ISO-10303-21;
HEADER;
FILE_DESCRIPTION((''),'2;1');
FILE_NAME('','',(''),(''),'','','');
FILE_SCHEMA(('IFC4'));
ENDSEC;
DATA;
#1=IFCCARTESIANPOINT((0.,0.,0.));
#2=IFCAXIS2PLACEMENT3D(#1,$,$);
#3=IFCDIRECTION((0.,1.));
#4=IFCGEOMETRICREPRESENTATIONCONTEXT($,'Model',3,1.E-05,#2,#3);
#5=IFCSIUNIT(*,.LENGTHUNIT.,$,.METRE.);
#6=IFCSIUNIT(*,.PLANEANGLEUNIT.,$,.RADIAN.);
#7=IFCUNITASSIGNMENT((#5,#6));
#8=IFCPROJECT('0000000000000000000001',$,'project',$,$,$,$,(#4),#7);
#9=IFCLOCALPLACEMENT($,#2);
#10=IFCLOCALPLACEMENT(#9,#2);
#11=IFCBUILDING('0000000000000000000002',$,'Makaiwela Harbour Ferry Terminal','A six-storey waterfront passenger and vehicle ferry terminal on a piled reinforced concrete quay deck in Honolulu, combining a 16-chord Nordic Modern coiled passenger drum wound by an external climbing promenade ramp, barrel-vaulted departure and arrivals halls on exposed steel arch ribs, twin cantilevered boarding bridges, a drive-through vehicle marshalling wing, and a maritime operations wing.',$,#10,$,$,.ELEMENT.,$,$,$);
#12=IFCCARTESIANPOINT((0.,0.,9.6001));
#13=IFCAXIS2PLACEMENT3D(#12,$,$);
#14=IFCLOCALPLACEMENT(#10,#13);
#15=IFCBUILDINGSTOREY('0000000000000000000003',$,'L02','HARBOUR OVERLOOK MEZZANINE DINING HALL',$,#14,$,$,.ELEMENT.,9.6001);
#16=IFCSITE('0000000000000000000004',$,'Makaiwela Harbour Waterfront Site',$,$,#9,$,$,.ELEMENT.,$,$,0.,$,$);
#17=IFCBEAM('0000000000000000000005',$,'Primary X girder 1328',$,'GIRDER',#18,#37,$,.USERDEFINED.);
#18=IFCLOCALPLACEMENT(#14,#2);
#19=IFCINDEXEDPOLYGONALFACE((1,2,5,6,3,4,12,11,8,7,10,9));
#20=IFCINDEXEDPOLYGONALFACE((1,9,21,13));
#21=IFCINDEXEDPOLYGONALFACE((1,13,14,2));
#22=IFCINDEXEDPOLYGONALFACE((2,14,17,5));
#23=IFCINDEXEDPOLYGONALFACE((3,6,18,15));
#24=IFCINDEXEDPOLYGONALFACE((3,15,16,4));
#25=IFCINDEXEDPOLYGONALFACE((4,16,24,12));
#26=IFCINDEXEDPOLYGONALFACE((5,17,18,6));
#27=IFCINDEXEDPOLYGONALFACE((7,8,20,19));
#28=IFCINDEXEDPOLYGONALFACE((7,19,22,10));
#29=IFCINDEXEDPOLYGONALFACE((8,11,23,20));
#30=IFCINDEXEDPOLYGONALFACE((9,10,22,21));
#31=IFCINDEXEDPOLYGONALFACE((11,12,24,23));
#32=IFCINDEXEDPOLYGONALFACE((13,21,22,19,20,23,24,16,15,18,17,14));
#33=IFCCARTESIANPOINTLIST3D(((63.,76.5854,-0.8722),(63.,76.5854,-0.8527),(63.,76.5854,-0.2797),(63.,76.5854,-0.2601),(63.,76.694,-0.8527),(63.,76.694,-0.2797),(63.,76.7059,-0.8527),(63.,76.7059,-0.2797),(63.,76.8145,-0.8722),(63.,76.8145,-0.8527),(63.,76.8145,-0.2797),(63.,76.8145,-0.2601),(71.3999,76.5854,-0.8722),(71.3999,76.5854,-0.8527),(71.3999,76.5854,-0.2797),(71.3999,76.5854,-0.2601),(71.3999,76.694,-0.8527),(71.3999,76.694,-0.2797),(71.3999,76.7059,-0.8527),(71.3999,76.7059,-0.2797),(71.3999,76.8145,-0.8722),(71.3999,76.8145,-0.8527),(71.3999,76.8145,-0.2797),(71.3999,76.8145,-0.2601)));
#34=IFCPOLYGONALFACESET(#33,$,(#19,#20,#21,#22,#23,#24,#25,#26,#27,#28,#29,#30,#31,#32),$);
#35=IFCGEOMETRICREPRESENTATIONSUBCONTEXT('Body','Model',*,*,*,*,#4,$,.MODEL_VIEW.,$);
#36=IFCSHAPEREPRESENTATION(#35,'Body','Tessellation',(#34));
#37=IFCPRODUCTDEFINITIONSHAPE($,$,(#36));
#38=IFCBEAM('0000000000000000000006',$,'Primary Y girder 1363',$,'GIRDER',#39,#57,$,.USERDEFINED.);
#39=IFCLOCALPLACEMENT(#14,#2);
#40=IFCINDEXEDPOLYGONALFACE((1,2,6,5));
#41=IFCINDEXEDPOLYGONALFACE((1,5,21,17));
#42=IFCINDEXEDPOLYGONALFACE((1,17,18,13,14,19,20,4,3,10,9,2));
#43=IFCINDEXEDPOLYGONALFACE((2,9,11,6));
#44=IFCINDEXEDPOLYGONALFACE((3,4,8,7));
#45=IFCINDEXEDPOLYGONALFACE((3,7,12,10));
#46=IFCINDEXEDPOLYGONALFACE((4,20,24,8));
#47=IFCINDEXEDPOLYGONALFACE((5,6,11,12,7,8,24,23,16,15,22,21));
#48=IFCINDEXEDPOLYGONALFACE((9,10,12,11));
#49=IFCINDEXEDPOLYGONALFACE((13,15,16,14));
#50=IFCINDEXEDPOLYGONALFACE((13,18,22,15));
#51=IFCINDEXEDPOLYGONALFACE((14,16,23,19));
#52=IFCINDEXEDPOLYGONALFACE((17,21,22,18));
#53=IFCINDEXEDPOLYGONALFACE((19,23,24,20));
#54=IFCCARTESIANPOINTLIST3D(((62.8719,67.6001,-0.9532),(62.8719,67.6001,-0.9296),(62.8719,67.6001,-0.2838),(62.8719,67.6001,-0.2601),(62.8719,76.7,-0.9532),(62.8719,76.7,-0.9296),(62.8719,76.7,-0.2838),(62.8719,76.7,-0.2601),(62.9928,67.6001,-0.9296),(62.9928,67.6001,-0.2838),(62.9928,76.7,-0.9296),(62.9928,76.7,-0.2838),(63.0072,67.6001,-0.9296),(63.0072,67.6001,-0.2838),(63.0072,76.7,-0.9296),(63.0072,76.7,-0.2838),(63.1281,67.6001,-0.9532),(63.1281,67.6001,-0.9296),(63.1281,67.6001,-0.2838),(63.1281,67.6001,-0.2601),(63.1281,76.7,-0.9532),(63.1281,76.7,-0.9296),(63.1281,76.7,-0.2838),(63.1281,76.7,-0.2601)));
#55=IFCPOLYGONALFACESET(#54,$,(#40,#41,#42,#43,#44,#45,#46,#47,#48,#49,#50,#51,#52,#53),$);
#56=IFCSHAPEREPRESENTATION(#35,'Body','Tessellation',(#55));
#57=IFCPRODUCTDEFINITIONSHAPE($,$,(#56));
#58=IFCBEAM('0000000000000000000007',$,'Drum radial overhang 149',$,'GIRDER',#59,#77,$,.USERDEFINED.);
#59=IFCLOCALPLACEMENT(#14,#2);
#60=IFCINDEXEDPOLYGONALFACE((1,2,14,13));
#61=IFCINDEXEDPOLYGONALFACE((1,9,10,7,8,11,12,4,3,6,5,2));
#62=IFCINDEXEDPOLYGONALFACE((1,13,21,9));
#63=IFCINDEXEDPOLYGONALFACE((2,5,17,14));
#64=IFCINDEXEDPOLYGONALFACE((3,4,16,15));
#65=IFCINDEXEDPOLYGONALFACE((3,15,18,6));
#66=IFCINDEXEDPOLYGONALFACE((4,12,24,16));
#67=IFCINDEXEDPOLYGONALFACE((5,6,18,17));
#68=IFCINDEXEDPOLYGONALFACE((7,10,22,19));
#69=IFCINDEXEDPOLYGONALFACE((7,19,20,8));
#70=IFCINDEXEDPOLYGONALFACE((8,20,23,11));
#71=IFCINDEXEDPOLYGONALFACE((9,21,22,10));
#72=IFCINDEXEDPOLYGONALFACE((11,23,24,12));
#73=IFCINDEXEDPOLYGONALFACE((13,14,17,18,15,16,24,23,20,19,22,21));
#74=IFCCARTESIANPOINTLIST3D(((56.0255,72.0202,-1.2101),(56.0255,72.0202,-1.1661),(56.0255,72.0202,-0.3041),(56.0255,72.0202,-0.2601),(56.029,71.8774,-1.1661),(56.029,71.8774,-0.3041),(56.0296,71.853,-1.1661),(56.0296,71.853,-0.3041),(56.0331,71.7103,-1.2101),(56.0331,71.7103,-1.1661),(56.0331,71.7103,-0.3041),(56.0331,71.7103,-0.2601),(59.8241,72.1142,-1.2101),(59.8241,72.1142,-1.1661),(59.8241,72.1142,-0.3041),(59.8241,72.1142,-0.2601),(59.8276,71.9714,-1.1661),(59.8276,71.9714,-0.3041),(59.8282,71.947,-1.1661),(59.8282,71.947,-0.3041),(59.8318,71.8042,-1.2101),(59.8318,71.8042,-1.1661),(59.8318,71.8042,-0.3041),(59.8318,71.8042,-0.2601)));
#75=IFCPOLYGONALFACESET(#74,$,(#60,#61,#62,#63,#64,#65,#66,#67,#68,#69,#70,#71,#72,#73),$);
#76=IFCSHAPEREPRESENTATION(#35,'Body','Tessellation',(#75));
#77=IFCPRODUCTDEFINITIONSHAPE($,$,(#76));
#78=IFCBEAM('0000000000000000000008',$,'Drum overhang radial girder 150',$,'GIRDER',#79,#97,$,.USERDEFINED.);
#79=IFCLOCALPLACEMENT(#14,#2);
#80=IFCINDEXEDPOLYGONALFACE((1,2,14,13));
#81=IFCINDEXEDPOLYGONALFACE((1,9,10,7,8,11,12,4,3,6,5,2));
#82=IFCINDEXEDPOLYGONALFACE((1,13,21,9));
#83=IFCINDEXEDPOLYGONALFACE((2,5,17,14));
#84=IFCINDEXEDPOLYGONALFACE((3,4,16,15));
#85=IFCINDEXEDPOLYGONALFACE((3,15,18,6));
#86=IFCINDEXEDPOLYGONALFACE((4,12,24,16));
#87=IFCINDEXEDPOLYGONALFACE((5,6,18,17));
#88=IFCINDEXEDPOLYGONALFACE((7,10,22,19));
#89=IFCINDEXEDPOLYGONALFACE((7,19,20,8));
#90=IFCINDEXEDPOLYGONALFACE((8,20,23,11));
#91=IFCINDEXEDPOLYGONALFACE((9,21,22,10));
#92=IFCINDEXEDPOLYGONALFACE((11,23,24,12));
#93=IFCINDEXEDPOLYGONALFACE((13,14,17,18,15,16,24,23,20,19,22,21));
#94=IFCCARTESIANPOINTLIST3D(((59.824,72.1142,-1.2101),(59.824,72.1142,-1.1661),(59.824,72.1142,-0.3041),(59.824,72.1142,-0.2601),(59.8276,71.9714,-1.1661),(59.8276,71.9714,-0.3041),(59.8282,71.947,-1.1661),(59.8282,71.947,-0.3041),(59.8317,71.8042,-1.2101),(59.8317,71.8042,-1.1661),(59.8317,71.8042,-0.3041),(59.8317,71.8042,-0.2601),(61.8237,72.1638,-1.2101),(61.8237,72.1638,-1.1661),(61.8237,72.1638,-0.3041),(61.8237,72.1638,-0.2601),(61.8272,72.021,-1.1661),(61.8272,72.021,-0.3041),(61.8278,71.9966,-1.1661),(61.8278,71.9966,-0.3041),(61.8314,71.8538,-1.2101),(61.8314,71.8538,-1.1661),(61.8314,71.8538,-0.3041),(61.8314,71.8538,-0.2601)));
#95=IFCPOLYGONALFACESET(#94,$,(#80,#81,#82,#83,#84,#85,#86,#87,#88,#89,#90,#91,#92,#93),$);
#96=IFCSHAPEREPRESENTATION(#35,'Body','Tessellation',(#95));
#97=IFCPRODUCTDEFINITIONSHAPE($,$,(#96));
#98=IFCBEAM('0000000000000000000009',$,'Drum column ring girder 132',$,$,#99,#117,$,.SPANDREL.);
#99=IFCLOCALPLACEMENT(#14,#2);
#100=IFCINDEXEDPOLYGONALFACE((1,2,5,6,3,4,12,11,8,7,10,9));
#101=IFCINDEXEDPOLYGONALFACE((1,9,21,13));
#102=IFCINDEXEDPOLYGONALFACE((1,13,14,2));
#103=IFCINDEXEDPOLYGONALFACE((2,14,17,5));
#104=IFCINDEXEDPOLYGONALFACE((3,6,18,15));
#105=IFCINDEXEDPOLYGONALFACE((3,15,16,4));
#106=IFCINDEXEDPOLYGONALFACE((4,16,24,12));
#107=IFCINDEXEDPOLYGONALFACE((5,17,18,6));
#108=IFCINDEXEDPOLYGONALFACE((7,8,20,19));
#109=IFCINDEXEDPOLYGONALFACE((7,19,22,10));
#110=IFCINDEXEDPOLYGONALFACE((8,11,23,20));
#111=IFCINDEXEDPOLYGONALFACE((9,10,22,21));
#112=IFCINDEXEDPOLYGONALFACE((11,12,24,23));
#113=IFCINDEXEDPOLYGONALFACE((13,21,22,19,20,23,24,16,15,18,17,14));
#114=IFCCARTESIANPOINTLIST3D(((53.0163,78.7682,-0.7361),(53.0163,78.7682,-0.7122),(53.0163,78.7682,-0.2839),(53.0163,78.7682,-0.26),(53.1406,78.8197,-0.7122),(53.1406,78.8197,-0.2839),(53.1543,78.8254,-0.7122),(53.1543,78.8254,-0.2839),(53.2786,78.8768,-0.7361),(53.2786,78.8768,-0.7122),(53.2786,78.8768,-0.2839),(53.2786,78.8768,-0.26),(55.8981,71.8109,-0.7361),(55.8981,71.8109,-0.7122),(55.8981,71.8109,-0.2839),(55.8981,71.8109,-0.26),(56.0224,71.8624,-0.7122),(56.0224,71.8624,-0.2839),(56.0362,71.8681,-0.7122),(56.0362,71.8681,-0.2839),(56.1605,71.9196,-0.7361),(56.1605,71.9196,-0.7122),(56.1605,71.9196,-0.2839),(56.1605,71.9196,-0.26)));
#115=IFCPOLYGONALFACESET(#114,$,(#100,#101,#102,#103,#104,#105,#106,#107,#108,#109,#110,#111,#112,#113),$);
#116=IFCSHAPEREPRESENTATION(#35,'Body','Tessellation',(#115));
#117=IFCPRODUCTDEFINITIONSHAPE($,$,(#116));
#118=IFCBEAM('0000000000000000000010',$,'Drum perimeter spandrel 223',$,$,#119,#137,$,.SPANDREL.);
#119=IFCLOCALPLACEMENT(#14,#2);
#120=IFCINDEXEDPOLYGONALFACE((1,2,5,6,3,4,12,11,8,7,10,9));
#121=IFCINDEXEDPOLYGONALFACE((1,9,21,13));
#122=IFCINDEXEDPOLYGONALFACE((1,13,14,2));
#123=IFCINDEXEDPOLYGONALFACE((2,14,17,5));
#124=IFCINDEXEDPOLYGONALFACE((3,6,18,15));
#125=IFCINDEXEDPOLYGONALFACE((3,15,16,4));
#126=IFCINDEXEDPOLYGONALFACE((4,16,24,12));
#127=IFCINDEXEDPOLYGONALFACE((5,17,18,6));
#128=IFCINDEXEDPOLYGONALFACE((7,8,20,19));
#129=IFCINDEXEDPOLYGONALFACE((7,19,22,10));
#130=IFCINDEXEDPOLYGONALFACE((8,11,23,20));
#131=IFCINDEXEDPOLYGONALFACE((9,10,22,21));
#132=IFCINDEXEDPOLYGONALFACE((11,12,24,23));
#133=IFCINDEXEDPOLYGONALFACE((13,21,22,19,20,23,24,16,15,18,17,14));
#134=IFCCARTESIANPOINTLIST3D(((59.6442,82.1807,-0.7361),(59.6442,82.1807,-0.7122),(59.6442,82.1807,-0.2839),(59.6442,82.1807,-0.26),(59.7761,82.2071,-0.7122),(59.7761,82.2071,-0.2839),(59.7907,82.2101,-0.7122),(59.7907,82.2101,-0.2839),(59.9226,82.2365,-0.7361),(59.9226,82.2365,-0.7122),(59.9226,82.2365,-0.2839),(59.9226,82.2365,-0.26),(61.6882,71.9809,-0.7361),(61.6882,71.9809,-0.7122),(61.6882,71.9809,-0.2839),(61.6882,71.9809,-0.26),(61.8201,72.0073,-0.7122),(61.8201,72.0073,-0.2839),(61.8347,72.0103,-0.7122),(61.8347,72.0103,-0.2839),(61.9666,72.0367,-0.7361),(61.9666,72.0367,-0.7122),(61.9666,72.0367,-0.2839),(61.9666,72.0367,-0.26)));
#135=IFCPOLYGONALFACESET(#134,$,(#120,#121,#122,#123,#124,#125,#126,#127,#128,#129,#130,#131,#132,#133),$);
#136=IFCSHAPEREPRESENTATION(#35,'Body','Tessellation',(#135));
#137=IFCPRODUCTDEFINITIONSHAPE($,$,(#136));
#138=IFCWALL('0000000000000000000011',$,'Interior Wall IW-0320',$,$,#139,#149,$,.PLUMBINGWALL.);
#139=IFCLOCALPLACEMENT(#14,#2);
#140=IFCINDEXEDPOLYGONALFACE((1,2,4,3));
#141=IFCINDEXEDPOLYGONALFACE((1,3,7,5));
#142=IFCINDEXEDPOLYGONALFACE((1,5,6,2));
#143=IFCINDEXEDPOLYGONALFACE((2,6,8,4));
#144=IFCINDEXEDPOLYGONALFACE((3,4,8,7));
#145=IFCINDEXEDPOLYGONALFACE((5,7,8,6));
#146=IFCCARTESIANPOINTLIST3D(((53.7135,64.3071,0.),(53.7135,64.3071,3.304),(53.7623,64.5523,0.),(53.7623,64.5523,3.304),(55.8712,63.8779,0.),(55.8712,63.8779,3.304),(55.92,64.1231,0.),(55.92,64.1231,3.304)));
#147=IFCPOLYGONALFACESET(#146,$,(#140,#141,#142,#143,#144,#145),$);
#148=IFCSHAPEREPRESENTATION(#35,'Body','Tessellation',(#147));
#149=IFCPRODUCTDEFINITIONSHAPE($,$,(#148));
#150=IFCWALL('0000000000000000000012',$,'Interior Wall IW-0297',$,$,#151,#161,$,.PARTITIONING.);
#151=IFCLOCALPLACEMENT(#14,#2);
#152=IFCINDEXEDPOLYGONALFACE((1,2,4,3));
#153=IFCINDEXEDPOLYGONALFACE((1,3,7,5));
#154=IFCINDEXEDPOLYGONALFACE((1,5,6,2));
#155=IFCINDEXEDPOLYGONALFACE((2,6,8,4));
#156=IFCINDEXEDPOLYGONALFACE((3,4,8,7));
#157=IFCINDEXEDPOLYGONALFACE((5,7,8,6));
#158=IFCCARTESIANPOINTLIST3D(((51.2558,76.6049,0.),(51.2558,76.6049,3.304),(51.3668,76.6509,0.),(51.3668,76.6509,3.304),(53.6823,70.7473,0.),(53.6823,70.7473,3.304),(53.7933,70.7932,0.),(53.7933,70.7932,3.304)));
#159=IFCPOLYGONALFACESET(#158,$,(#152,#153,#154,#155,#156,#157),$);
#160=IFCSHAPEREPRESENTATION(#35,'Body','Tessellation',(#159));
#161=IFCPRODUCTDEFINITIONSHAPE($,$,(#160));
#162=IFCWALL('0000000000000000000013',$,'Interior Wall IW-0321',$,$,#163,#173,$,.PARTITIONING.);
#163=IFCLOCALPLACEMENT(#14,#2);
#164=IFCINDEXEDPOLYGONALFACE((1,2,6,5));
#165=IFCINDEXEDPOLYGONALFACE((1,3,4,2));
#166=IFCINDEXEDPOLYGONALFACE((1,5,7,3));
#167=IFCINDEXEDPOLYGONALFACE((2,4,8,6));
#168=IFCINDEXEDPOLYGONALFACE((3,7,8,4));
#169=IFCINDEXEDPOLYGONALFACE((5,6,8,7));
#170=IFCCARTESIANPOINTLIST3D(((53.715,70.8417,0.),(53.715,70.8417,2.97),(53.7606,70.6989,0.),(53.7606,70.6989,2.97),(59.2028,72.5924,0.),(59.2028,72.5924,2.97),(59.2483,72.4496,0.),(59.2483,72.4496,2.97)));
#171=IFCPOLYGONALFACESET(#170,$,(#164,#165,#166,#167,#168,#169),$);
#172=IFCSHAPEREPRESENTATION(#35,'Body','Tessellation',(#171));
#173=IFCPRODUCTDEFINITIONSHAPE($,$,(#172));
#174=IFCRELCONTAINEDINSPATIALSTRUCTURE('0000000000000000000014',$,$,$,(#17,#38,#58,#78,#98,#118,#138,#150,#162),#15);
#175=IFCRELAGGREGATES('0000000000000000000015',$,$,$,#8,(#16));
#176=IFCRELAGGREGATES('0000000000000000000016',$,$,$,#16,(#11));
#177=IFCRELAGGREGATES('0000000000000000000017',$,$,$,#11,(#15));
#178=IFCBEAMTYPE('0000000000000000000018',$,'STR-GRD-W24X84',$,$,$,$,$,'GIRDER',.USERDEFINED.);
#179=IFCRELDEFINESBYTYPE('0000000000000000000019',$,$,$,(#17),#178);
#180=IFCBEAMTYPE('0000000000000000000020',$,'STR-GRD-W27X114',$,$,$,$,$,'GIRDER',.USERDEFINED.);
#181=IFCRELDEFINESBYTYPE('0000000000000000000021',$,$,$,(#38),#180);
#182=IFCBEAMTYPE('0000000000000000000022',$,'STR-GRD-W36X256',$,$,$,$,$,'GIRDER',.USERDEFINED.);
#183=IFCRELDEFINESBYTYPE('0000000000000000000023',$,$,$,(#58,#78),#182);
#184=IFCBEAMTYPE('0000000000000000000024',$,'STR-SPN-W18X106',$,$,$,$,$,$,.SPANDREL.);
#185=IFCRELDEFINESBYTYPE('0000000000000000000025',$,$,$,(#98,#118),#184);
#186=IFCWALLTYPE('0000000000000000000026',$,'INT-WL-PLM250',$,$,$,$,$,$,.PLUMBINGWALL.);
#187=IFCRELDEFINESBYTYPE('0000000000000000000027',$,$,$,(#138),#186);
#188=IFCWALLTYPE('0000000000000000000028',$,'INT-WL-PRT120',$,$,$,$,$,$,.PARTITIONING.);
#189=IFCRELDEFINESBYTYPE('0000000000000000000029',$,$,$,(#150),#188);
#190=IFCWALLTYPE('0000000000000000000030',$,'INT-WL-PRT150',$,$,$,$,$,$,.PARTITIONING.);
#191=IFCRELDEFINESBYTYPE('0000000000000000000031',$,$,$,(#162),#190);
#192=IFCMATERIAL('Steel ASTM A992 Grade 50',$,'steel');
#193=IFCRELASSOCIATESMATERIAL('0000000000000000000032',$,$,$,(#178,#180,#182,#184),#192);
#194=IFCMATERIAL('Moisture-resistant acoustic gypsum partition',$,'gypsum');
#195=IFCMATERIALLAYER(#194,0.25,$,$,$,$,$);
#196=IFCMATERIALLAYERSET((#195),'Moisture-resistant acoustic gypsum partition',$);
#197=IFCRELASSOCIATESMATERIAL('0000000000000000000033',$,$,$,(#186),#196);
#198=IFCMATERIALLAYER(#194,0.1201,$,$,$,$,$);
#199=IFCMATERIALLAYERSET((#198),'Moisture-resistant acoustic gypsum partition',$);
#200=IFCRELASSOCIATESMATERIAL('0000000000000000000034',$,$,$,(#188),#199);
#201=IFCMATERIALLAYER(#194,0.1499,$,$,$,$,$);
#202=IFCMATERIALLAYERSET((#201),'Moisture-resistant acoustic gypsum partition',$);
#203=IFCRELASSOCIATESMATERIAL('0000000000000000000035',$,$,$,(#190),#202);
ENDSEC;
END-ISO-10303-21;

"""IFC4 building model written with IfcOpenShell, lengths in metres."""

from ifc_helpers import new_model, si_unit, direction, frame, frame_2d, origin, origin_2d, place, context, subcontext, project, spatial, rectangle, i_section, extrude, material, layer, layer_set, material_profile, profile_set, type_object, element, save


model = new_model("IFC4")

# Units and contexts
model_context = context("Model", 3, precision=1e-05, world=origin(), true_north=direction((0.0, 1.0)))
body_context = subcontext(model_context, "Body", "Model", "MODEL_VIEW")
ifc_project = project(units=[si_unit("LENGTHUNIT", "METRE"), si_unit("PLANEANGLEUNIT", "RADIAN")], contexts=[model_context])

# Site, building, storey
site_placement = place(None, origin())
site = spatial("IfcSite", under=ifc_project, at=site_placement, Name="Makaiwela Harbour Waterfront Site", CompositionType="ELEMENT", RefElevation=0.0)
building_placement = place(site_placement, origin())
building = spatial("IfcBuilding", under=site, at=building_placement, Name="Makaiwela Harbour Ferry Terminal", Description="A six-storey waterfront passenger and vehicle ferry terminal on a piled reinforced concrete quay deck in Honolulu, combining a 16-chord Nordic Modern coiled passenger drum wound by an external climbing promenade ramp, barrel-vaulted departure and arrivals halls on exposed steel arch ribs, twin cantilevered boarding bridges, a drive-through vehicle marshalling wing, and a maritime operations wing.", CompositionType="ELEMENT")
storey_placement = place(building_placement, frame((0.0, 0.0, 9.6001)))
storey = spatial("IfcBuildingStorey", under=building, at=storey_placement, Name="L02", Description="HARBOUR OVERLOOK MEZZANINE DINING HALL", CompositionType="ELEMENT", Elevation=9.6001)

# Shared definitions
ifc_material_1 = material(Name="Steel ASTM A992 Grade 50", Category="steel")

# Beams
ifc_material_profile_1 = material_profile(ifc_material_1, i_section(OverallWidth=0.229, OverallDepth=0.6121, WebThickness=0.012, FlangeThickness=0.0195, at=origin_2d()), Name="W24X84")
ifc_profile_set_1 = profile_set([ifc_material_profile_1], Name="Steel ASTM A992 Grade 50")
beam_type_1 = type_object("IfcBeamType", Name="STR-GRD-W24X84", ElementType="GIRDER", PredefinedType="USERDEFINED", material=ifc_profile_set_1)
beam_1_placement = place(storey_placement, frame((63.0, 76.7, -0.5662), z_axis=(1.0, 0.0, 0.0), x_axis=(0.0, 1.0, 0.0)))
element("IfcBeam", 1, at=beam_1_placement, inside=storey, type_object=beam_type_1, Name="Primary X girder 1328", ObjectType="GIRDER", PredefinedType="USERDEFINED", context=body_context, shape_type="SweptSolid", body=[
    extrude(i_section(OverallWidth=0.229, OverallDepth=0.6121, WebThickness=0.012, FlangeThickness=0.0195, at=origin_2d()), origin(), (0.0, 0.0, 1.0), 8.3999),
])
ifc_material_profile_2 = material_profile(ifc_material_1, i_section(OverallWidth=0.2561, OverallDepth=0.6931, WebThickness=0.0144, FlangeThickness=0.0237, at=origin_2d()), Name="W27X114")
ifc_profile_set_2 = profile_set([ifc_material_profile_2], Name="Steel ASTM A992 Grade 50")
beam_type_2 = type_object("IfcBeamType", Name="STR-GRD-W27X114", ElementType="GIRDER", PredefinedType="USERDEFINED", material=ifc_profile_set_2)
beam_2_placement = place(storey_placement, frame((63.0, 67.6001, -0.6067), z_axis=(0.0, 1.0, 0.0), x_axis=(-1.0, 0.0, 0.0)))
element("IfcBeam", 2, at=beam_2_placement, inside=storey, type_object=beam_type_2, Name="Primary Y girder 1363", ObjectType="GIRDER", PredefinedType="USERDEFINED", context=body_context, shape_type="SweptSolid", body=[
    extrude(i_section(OverallWidth=0.2561, OverallDepth=0.6931, WebThickness=0.0144, FlangeThickness=0.0237, at=origin_2d()), origin(), (0.0, 0.0, 1.0), 9.0999),
])
ifc_material_profile_3 = material_profile(ifc_material_1, i_section(OverallWidth=0.3101, OverallDepth=0.95, WebThickness=0.0244, FlangeThickness=0.0439, at=origin_2d()), Name="W36X256")
ifc_profile_set_3 = profile_set([ifc_material_profile_3], Name="Steel ASTM A992 Grade 50")
beam_type_3 = type_object("IfcBeamType", Name="STR-GRD-W36X256", ElementType="GIRDER", PredefinedType="USERDEFINED", material=ifc_profile_set_3)
beam_3_placement = place(storey_placement, frame((56.0293, 71.8652, -0.7351), z_axis=(0.999694, 0.024737, 0.0), x_axis=(-0.024737, 0.999694, 0.0)))
element("IfcBeam", 3, at=beam_3_placement, inside=storey, type_object=beam_type_3, Name="Drum radial overhang 149", ObjectType="GIRDER", PredefinedType="USERDEFINED", context=body_context, shape_type="SweptSolid", body=[
    extrude(i_section(OverallWidth=0.3101, OverallDepth=0.95, WebThickness=0.0244, FlangeThickness=0.0439, at=origin_2d()), origin(), (0.0, 0.0, 1.0), 3.7998),
])
beam_4_placement = place(storey_placement, frame((59.8279, 71.9592, -0.7351), z_axis=(0.999693, 0.024779, 0.0), x_axis=(-0.024779, 0.999693, 0.0)))
element("IfcBeam", 4, at=beam_4_placement, inside=storey, type_object=beam_type_3, Name="Drum overhang radial girder 150", ObjectType="GIRDER", PredefinedType="USERDEFINED", context=body_context, shape_type="SweptSolid", body=[
    extrude(i_section(OverallWidth=0.3101, OverallDepth=0.95, WebThickness=0.0244, FlangeThickness=0.0439, at=origin_2d()), origin(), (0.0, 0.0, 1.0), 2.0002),
])
ifc_material_profile_4 = material_profile(ifc_material_1, i_section(OverallWidth=0.2839, OverallDepth=0.4761, WebThickness=0.0149, FlangeThickness=0.0239, at=origin_2d()), Name="W18X106")
ifc_profile_set_4 = profile_set([ifc_material_profile_4], Name="Steel ASTM A992 Grade 50")
beam_type_4 = type_object("IfcBeamType", Name="STR-SPN-W18X106", PredefinedType="SPANDREL", material=ifc_profile_set_4)
beam_5_placement = place(storey_placement, frame((56.0293, 71.8652, -0.498), z_axis=(-0.382688, 0.923878, 0.0), x_axis=(-0.923878, -0.382688, 0.0)))
element("IfcBeam", 5, at=beam_5_placement, inside=storey, type_object=beam_type_4, Name="Drum column ring girder 132", PredefinedType="SPANDREL", context=body_context, shape_type="SweptSolid", body=[
    extrude(i_section(OverallWidth=0.2839, OverallDepth=0.4761, WebThickness=0.0149, FlangeThickness=0.0239, at=origin_2d()), origin(), (0.0, 0.0, 1.0), 7.5305),
])
beam_6_placement = place(storey_placement, frame((61.8274, 72.0088, -0.498), z_axis=(-0.196486, 0.980507, 0.0), x_axis=(-0.980507, -0.196486, 0.0)))
element("IfcBeam", 6, at=beam_6_placement, inside=storey, type_object=beam_type_4, Name="Drum perimeter spandrel 223", PredefinedType="SPANDREL", context=body_context, shape_type="SweptSolid", body=[
    extrude(i_section(OverallWidth=0.2839, OverallDepth=0.4761, WebThickness=0.0149, FlangeThickness=0.0239, at=origin_2d()), origin(), (0.0, 0.0, 1.0), 10.4026),
])

# Walls
ifc_material_2 = material(Name="Moisture-resistant acoustic gypsum partition", Category="gypsum")
ifc_layer_1 = layer(ifc_material_2, 0.25)
ifc_layer_set_1 = layer_set([ifc_layer_1], Name="Moisture-resistant acoustic gypsum partition")
wall_type_1 = type_object("IfcWallType", Name="INT-WL-PLM250", PredefinedType="PLUMBINGWALL", material=ifc_layer_set_1)
wall_1_placement = place(storey_placement, frame((53.7378, 64.4297, 0.0), z_axis=(0.0, 0.0, 1.0), x_axis=(0.980785, -0.195092, 0.0)))
element("IfcWall", 7, at=wall_1_placement, inside=storey, type_object=wall_type_1, Name="Interior Wall IW-0320", PredefinedType="PLUMBINGWALL", context=body_context, shape_type="SweptSolid", body=[
    extrude(rectangle(XDim=2.2, YDim=0.25, at=frame_2d((1.1001, 0.0))), origin(), (0.0, 0.0, 1.0), 3.304),
])
ifc_layer_2 = layer(ifc_material_2, 0.1201)
ifc_layer_set_2 = layer_set([ifc_layer_2], Name="Moisture-resistant acoustic gypsum partition")
wall_type_2 = type_object("IfcWallType", Name="INT-WL-PRT120", PredefinedType="PARTITIONING", material=ifc_layer_set_2)
wall_2_placement = place(storey_placement, frame((53.7378, 70.7703, 0.0), z_axis=(0.0, 0.0, 1.0), x_axis=(-0.382709, 0.923869, 0.0)))
element("IfcWall", 8, at=wall_2_placement, inside=storey, type_object=wall_type_2, Name="Interior Wall IW-0297", PredefinedType="PARTITIONING", context=body_context, shape_type="SweptSolid", body=[
    extrude(rectangle(XDim=6.3403, YDim=0.1201, at=frame_2d((3.1702, 0.0))), origin(), (0.0, 0.0, 1.0), 3.304),
])
ifc_layer_3 = layer(ifc_material_2, 0.1499)
ifc_layer_set_3 = layer_set([ifc_layer_3], Name="Moisture-resistant acoustic gypsum partition")
wall_type_3 = type_object("IfcWallType", Name="INT-WL-PRT150", PredefinedType="PARTITIONING", material=ifc_layer_set_3)
wall_3_placement = place(storey_placement, frame((53.7378, 70.7703, 0.0), z_axis=(0.0, 0.0, 1.0), x_axis=(0.952694, 0.303931, 0.0)))
element("IfcWall", 9, at=wall_3_placement, inside=storey, type_object=wall_type_3, Name="Interior Wall IW-0321", PredefinedType="PARTITIONING", context=body_context, shape_type="SweptSolid", body=[
    extrude(rectangle(XDim=5.7603, YDim=0.1499, at=frame_2d((2.8801, 0.0))), origin(), (0.0, 0.0, 1.0), 2.97),
])

save(model, "model.ifc")
